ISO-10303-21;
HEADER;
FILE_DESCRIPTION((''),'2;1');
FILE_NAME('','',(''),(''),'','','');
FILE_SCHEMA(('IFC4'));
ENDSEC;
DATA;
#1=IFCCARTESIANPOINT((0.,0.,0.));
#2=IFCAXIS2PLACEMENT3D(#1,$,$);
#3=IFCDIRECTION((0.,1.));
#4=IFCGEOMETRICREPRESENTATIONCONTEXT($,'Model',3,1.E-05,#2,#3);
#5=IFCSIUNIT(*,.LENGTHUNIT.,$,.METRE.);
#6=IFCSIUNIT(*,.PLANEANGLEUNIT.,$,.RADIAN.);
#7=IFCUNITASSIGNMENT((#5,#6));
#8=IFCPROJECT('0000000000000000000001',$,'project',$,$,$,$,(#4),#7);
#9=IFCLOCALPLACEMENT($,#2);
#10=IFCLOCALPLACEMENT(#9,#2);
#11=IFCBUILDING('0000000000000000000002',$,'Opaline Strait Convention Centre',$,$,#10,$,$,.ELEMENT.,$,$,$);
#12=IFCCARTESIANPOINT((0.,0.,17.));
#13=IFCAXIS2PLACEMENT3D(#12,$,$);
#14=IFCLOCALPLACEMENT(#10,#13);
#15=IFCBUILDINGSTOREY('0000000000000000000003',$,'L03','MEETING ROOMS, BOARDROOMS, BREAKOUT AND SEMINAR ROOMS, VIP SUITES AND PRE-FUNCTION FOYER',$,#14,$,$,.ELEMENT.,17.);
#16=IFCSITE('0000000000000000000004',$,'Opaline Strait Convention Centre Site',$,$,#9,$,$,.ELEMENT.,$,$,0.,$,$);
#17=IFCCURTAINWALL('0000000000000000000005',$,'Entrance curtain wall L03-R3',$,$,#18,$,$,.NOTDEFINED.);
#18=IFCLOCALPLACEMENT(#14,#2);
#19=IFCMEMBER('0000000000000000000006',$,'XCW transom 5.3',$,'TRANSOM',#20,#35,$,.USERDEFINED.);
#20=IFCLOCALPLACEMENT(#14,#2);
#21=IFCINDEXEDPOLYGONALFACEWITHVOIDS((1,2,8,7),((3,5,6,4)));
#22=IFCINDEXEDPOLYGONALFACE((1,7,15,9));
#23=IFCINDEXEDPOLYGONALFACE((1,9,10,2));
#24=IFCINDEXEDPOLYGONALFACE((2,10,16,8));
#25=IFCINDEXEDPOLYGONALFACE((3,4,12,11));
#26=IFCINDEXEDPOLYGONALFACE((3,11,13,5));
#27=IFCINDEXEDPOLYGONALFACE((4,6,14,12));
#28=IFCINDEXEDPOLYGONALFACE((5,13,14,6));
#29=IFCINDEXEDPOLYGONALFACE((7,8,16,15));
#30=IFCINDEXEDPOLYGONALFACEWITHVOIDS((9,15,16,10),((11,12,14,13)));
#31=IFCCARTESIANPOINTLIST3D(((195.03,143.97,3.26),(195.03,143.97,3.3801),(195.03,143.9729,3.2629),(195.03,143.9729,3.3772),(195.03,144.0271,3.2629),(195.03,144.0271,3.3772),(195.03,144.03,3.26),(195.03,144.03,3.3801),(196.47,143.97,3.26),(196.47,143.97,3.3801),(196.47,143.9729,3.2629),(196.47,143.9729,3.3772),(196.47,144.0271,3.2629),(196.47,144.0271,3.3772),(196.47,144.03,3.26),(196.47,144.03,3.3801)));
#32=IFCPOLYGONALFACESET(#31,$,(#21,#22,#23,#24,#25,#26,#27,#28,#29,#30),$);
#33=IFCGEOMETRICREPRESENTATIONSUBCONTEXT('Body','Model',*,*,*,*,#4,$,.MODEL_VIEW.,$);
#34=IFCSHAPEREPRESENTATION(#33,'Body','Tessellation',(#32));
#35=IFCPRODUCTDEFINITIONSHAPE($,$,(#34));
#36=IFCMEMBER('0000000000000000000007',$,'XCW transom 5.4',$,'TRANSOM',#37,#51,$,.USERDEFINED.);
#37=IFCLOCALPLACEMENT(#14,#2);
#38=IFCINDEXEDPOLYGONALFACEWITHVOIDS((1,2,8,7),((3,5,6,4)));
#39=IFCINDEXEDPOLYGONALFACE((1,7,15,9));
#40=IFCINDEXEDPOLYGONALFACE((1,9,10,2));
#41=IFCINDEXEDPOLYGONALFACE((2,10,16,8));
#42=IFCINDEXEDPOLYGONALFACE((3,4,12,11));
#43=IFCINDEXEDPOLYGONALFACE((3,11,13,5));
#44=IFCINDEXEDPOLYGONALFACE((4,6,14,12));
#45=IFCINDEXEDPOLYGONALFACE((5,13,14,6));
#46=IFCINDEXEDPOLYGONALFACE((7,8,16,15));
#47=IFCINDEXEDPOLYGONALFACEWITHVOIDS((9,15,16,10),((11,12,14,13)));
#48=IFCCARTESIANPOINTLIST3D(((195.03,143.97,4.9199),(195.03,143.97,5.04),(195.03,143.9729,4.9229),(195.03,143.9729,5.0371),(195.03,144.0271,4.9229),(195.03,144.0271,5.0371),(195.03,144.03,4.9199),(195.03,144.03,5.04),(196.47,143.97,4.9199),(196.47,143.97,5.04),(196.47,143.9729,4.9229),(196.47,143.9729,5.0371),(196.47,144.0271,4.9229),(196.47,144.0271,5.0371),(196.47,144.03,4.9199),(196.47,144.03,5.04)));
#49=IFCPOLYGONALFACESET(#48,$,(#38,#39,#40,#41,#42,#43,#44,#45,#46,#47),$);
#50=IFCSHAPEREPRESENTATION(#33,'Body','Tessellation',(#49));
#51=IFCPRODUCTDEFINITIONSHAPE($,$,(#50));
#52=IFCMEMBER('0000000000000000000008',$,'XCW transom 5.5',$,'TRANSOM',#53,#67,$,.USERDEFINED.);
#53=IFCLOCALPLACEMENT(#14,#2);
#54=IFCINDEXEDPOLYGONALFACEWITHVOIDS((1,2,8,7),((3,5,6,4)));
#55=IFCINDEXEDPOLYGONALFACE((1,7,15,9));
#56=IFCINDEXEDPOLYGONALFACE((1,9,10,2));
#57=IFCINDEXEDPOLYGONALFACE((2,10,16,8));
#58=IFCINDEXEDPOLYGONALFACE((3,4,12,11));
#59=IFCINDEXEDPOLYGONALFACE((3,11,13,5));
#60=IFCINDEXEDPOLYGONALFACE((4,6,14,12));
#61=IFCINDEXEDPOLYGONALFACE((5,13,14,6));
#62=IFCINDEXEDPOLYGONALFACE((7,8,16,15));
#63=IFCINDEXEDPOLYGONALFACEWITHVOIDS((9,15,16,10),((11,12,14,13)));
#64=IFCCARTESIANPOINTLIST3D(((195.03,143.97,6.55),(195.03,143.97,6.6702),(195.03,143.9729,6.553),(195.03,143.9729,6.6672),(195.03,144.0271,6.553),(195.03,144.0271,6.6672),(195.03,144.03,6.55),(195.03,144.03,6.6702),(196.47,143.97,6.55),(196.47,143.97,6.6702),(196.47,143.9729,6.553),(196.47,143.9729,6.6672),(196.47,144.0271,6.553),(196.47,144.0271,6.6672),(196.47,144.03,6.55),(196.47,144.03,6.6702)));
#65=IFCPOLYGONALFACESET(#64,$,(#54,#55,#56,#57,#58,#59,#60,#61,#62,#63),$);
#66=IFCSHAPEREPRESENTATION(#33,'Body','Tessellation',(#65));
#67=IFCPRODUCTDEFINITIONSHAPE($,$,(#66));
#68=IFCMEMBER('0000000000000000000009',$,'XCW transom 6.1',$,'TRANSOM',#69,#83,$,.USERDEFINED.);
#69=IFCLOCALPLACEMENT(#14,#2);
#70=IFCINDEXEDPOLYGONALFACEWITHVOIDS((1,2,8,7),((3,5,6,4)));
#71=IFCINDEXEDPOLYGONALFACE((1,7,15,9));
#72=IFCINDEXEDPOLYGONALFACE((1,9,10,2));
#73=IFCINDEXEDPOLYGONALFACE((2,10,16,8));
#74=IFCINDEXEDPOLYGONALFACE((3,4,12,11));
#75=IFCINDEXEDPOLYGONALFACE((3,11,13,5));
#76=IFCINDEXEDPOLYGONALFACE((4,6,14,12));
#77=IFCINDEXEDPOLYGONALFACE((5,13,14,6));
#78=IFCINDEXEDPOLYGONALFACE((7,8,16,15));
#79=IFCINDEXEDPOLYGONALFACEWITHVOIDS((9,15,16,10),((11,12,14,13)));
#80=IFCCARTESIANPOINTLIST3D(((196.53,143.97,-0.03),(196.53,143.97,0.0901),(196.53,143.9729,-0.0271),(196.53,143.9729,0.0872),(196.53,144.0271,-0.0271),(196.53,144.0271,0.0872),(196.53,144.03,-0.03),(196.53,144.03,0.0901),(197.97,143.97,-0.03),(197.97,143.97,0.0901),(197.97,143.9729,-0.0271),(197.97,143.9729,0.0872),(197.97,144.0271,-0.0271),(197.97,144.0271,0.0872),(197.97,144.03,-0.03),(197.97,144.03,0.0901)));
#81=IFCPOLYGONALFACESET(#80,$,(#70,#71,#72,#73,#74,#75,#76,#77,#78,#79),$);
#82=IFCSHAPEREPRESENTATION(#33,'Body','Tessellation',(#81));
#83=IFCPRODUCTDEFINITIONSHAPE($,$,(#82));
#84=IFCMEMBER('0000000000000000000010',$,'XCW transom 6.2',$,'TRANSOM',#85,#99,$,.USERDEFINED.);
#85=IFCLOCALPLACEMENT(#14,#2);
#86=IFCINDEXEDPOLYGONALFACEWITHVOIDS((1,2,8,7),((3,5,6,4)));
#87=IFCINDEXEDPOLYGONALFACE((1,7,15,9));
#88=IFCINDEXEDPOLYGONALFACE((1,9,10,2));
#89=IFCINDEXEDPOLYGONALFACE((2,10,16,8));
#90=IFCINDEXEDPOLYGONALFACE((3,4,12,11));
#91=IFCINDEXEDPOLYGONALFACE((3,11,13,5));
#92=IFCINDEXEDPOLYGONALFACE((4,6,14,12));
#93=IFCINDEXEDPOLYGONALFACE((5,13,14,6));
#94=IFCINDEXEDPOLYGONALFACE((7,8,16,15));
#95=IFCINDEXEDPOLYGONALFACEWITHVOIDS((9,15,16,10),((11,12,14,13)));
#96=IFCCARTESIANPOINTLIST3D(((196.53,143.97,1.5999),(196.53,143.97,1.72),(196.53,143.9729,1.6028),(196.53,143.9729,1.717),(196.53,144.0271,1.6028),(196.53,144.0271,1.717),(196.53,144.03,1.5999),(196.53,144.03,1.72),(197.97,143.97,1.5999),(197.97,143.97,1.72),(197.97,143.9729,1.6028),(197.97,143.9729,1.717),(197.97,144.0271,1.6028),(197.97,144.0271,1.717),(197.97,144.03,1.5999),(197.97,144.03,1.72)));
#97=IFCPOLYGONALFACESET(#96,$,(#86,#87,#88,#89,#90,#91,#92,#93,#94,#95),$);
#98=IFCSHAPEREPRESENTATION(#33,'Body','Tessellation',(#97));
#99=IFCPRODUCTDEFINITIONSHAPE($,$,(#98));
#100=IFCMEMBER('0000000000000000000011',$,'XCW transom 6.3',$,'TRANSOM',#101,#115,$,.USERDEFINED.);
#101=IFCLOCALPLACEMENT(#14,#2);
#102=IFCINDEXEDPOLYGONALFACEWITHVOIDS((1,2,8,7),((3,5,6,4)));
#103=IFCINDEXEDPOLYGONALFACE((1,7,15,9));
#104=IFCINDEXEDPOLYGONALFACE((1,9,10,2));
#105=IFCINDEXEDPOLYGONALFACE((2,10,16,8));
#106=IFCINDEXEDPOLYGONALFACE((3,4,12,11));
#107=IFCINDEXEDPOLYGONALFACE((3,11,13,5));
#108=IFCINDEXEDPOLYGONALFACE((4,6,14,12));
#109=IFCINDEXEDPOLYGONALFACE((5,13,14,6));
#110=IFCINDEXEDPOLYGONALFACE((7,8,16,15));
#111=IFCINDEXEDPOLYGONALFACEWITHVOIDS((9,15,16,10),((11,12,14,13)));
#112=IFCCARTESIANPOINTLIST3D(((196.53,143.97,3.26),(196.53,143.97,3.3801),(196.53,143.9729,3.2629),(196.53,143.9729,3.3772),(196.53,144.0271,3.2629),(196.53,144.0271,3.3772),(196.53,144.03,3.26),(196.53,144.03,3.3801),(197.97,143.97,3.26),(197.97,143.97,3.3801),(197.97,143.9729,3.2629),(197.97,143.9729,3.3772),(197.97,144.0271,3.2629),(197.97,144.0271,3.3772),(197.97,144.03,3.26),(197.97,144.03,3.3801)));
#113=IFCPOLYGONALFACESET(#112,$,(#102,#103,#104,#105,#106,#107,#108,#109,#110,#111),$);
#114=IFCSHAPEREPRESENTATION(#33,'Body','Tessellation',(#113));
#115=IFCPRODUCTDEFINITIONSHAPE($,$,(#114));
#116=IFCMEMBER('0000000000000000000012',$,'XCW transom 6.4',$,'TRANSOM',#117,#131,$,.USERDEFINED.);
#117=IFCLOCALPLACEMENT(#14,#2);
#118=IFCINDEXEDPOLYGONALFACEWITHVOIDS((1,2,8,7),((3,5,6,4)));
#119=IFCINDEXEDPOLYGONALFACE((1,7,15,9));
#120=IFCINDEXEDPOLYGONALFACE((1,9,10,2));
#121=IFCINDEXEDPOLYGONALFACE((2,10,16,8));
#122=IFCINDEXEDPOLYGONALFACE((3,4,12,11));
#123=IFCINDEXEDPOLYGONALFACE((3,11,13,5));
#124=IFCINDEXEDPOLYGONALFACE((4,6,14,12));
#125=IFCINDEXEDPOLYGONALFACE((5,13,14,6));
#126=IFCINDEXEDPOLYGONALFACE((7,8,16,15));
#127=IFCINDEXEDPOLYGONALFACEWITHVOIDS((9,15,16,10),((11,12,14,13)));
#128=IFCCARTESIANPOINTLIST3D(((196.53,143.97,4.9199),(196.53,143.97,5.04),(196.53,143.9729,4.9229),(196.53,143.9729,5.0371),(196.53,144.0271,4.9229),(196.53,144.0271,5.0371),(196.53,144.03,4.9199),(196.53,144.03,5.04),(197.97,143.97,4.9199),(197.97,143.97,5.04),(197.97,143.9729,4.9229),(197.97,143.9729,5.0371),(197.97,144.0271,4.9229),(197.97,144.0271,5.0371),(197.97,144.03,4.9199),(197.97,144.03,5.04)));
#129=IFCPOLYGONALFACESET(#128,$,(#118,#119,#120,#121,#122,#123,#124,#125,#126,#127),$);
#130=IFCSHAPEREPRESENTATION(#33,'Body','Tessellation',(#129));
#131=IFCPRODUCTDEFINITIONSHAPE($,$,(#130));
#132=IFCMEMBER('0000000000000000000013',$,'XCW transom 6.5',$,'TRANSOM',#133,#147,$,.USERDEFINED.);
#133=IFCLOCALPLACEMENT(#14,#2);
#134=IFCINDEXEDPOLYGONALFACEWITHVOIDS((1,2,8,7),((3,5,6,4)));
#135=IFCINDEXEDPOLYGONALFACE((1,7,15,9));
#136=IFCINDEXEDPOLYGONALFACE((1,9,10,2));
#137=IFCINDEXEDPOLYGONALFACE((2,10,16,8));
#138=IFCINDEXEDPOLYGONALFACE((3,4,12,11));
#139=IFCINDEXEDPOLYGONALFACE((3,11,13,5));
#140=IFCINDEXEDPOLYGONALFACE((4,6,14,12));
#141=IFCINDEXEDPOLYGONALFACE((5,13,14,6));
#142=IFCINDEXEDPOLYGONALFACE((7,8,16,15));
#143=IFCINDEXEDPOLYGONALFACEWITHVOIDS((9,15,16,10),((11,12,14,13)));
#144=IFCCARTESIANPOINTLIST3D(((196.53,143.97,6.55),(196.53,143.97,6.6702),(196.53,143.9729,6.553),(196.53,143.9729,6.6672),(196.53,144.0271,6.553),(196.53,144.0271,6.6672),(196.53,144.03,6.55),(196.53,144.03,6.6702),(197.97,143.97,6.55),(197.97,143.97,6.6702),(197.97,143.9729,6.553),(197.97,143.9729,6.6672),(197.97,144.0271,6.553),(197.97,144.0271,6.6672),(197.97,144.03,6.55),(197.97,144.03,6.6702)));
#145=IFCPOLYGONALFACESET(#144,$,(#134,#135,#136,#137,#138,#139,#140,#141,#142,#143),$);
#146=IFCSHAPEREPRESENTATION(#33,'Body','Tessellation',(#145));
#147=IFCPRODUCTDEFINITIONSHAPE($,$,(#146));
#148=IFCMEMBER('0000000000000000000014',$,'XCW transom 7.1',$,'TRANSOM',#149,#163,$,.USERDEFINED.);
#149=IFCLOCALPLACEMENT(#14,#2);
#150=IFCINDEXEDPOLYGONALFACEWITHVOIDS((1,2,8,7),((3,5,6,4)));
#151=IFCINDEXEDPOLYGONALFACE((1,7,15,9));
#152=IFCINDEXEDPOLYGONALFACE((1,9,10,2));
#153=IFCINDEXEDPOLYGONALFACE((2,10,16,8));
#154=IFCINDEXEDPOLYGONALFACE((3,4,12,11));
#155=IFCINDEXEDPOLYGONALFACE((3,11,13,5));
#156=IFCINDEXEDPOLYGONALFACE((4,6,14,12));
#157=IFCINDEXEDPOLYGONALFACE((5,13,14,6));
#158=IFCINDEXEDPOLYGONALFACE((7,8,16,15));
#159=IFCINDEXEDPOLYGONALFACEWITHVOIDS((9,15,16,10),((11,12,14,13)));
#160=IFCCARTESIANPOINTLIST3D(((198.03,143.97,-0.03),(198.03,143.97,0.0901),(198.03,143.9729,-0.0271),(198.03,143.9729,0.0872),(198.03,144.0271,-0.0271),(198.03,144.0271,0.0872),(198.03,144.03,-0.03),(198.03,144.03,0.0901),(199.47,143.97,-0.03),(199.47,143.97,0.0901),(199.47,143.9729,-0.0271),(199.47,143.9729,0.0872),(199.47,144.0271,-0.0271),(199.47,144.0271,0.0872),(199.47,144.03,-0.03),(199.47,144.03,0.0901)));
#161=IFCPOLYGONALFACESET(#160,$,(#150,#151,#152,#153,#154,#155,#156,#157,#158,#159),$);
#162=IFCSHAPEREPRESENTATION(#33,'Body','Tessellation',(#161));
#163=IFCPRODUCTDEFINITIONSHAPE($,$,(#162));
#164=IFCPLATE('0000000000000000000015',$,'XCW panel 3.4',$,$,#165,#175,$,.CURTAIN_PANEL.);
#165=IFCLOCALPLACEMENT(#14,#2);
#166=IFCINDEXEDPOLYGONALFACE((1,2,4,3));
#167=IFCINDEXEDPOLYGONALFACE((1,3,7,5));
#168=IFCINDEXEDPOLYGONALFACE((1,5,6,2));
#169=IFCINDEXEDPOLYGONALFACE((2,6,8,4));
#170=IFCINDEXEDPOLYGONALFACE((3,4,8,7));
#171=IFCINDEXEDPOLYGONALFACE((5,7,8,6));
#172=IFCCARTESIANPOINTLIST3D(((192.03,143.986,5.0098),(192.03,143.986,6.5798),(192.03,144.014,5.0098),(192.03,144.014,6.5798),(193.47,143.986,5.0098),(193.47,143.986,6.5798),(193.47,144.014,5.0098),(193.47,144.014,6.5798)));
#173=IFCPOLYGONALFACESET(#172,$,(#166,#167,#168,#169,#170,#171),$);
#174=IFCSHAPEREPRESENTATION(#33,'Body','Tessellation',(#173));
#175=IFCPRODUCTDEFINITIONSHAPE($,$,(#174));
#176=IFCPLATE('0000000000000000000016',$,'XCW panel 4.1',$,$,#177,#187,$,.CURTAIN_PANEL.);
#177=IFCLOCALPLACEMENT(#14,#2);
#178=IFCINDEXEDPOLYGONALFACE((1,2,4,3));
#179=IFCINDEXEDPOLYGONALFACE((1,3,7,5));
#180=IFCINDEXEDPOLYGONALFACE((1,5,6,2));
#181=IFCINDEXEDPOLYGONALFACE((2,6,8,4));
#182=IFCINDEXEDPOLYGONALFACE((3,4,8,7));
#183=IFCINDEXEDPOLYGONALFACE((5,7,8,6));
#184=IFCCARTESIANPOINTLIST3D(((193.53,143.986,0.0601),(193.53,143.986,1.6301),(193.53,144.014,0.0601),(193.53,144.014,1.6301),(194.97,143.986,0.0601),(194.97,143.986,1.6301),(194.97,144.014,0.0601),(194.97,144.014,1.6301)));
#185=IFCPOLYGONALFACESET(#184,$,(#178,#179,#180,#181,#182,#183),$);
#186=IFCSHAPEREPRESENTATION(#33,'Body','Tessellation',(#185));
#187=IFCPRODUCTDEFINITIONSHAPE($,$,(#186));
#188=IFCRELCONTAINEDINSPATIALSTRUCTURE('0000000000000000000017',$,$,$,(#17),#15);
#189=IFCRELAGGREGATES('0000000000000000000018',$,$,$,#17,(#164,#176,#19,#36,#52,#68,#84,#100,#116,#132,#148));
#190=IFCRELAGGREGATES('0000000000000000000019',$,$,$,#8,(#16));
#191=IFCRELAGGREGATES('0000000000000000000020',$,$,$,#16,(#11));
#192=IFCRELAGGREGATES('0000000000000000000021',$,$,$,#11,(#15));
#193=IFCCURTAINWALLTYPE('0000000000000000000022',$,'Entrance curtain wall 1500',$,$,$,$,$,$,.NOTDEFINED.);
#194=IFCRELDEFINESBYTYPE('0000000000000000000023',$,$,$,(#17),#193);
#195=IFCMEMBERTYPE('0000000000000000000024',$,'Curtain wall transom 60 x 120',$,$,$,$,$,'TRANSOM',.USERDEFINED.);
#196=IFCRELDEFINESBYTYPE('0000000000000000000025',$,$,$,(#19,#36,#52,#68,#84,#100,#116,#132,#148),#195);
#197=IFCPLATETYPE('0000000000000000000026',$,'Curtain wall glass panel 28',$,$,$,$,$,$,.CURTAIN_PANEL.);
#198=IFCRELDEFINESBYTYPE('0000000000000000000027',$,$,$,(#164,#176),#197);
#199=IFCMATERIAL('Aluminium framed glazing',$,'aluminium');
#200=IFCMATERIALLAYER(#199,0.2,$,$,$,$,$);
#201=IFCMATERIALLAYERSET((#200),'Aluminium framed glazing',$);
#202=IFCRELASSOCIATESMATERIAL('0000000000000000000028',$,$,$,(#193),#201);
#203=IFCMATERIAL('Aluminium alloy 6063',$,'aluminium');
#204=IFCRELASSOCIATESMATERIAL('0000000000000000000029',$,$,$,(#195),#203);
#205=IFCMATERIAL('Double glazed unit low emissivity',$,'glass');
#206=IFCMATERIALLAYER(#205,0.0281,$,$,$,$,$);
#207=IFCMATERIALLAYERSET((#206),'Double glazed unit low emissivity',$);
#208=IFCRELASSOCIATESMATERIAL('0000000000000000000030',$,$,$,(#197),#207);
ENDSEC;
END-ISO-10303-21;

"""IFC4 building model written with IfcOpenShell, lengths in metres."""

from ifc_helpers import new_model, si_unit, direction, frame, origin, origin_2d, place, context, subcontext, project, spatial, rectangle, hollow_rectangle, extrude, material, layer, layer_set, material_profile, profile_set, type_object, element, aggregate, save


model = new_model("IFC4")

# Units and contexts
model_context = context("Model", 3, precision=1e-05, world=origin(), true_north=direction((0.0, 1.0)))
body_context = subcontext(model_context, "Body", "Model", "MODEL_VIEW")
ifc_project = project(units=[si_unit("LENGTHUNIT", "METRE"), si_unit("PLANEANGLEUNIT", "RADIAN")], contexts=[model_context])

# Site, building, storey
site_placement = place(None, origin())
site = spatial("IfcSite", under=ifc_project, at=site_placement, Name="Opaline Strait Convention Centre Site", CompositionType="ELEMENT", RefElevation=0.0)
building_placement = place(site_placement, origin())
building = spatial("IfcBuilding", under=site, at=building_placement, Name="Opaline Strait Convention Centre", CompositionType="ELEMENT")
storey_placement = place(building_placement, frame((0.0, 0.0, 17.0)))
storey = spatial("IfcBuildingStorey", under=building, at=storey_placement, Name="L03", Description="MEETING ROOMS, BOARDROOMS, BREAKOUT AND SEMINAR ROOMS, VIP SUITES AND PRE-FUNCTION FOYER", CompositionType="ELEMENT", Elevation=17.0)

# Curtain wall, members, plates
ifc_material_1 = material(Name="Aluminium framed glazing", Category="aluminium")
ifc_layer_1 = layer(ifc_material_1, 0.2)
ifc_layer_set_1 = layer_set([ifc_layer_1], Name="Aluminium framed glazing")
curtain_wall_type = type_object("IfcCurtainWallType", Name="Entrance curtain wall 1500", PredefinedType="NOTDEFINED", material=ifc_layer_set_1)
curtain_wall_placement = place(storey_placement, origin())
curtain_wall = element("IfcCurtainWall", 1, at=curtain_wall_placement, inside=storey, type_object=curtain_wall_type, Name="Entrance curtain wall L03-R3", PredefinedType="NOTDEFINED")
ifc_material_2 = material(Name="Aluminium alloy 6063", Category="aluminium")
ifc_material_profile_1 = material_profile(ifc_material_2, hollow_rectangle(XDim=0.0601, YDim=0.1201, WallThickness=0.0029, at=origin_2d()), Name="TRANSOM 60x120x3")
ifc_profile_set_1 = profile_set([ifc_material_profile_1], Name="Aluminium alloy 6063")
member_type_1 = type_object("IfcMemberType", Name="Curtain wall transom 60 x 120", ElementType="TRANSOM", PredefinedType="USERDEFINED", material=ifc_profile_set_1)
member_1_placement = place(storey_placement, frame((195.03, 144.0, 3.3201), z_axis=(1.0, 0.0, 0.0), x_axis=(0.0, 1.0, 0.0)))
member_1 = element("IfcMember", 2, at=member_1_placement, type_object=member_type_1, Name="XCW transom 5.3", ObjectType="TRANSOM", PredefinedType="USERDEFINED", context=body_context, shape_type="SweptSolid", body=[
    extrude(hollow_rectangle(XDim=0.0601, YDim=0.1201, WallThickness=0.0029, at=origin_2d()), origin(), (0.0, 0.0, 1.0), 1.4399),
])
member_2_placement = place(storey_placement, frame((195.03, 144.0, 4.98), z_axis=(1.0, 0.0, 0.0), x_axis=(0.0, 1.0, 0.0)))
member_2 = element("IfcMember", 3, at=member_2_placement, type_object=member_type_1, Name="XCW transom 5.4", ObjectType="TRANSOM", PredefinedType="USERDEFINED", context=body_context, shape_type="SweptSolid", body=[
    extrude(hollow_rectangle(XDim=0.0601, YDim=0.1201, WallThickness=0.0029, at=origin_2d()), origin(), (0.0, 0.0, 1.0), 1.4399),
])
member_3_placement = place(storey_placement, frame((195.03, 144.0, 6.6101), z_axis=(1.0, 0.0, 0.0), x_axis=(0.0, 1.0, 0.0)))
member_3 = element("IfcMember", 4, at=member_3_placement, type_object=member_type_1, Name="XCW transom 5.5", ObjectType="TRANSOM", PredefinedType="USERDEFINED", context=body_context, shape_type="SweptSolid", body=[
    extrude(hollow_rectangle(XDim=0.0601, YDim=0.1201, WallThickness=0.0029, at=origin_2d()), origin(), (0.0, 0.0, 1.0), 1.4399),
])
member_4_placement = place(storey_placement, frame((196.53, 144.0, 0.03), z_axis=(1.0, 0.0, 0.0), x_axis=(0.0, 1.0, 0.0)))
member_4 = element("IfcMember", 5, at=member_4_placement, type_object=member_type_1, Name="XCW transom 6.1", ObjectType="TRANSOM", PredefinedType="USERDEFINED", context=body_context, shape_type="SweptSolid", body=[
    extrude(hollow_rectangle(XDim=0.0601, YDim=0.1201, WallThickness=0.0029, at=origin_2d()), origin(), (0.0, 0.0, 1.0), 1.4399),
])
member_5_placement = place(storey_placement, frame((196.53, 144.0, 1.6599), z_axis=(1.0, 0.0, 0.0), x_axis=(0.0, 1.0, 0.0)))
member_5 = element("IfcMember", 6, at=member_5_placement, type_object=member_type_1, Name="XCW transom 6.2", ObjectType="TRANSOM", PredefinedType="USERDEFINED", context=body_context, shape_type="SweptSolid", body=[
    extrude(hollow_rectangle(XDim=0.0601, YDim=0.1201, WallThickness=0.0029, at=origin_2d()), origin(), (0.0, 0.0, 1.0), 1.4399),
])
member_6_placement = place(storey_placement, frame((196.53, 144.0, 3.3201), z_axis=(1.0, 0.0, 0.0), x_axis=(0.0, 1.0, 0.0)))
member_6 = element("IfcMember", 7, at=member_6_placement, type_object=member_type_1, Name="XCW transom 6.3", ObjectType="TRANSOM", PredefinedType="USERDEFINED", context=body_context, shape_type="SweptSolid", body=[
    extrude(hollow_rectangle(XDim=0.0601, YDim=0.1201, WallThickness=0.0029, at=origin_2d()), origin(), (0.0, 0.0, 1.0), 1.4399),
])
member_7_placement = place(storey_placement, frame((196.53, 144.0, 4.98), z_axis=(1.0, 0.0, 0.0), x_axis=(0.0, 1.0, 0.0)))
member_7 = element("IfcMember", 8, at=member_7_placement, type_object=member_type_1, Name="XCW transom 6.4", ObjectType="TRANSOM", PredefinedType="USERDEFINED", context=body_context, shape_type="SweptSolid", body=[
    extrude(hollow_rectangle(XDim=0.0601, YDim=0.1201, WallThickness=0.0029, at=origin_2d()), origin(), (0.0, 0.0, 1.0), 1.4399),
])
member_8_placement = place(storey_placement, frame((196.53, 144.0, 6.6101), z_axis=(1.0, 0.0, 0.0), x_axis=(0.0, 1.0, 0.0)))
member_8 = element("IfcMember", 9, at=member_8_placement, type_object=member_type_1, Name="XCW transom 6.5", ObjectType="TRANSOM", PredefinedType="USERDEFINED", context=body_context, shape_type="SweptSolid", body=[
    extrude(hollow_rectangle(XDim=0.0601, YDim=0.1201, WallThickness=0.0029, at=origin_2d()), origin(), (0.0, 0.0, 1.0), 1.4399),
])
member_9_placement = place(storey_placement, frame((198.03, 144.0, 0.03), z_axis=(1.0, 0.0, 0.0), x_axis=(0.0, 1.0, 0.0)))
member_9 = element("IfcMember", 10, at=member_9_placement, type_object=member_type_1, Name="XCW transom 7.1", ObjectType="TRANSOM", PredefinedType="USERDEFINED", context=body_context, shape_type="SweptSolid", body=[
    extrude(hollow_rectangle(XDim=0.0601, YDim=0.1201, WallThickness=0.0029, at=origin_2d()), origin(), (0.0, 0.0, 1.0), 1.4399),
])
ifc_material_3 = material(Name="Double glazed unit low emissivity", Category="glass")
ifc_layer_2 = layer(ifc_material_3, 0.0281)
ifc_layer_set_2 = layer_set([ifc_layer_2], Name="Double glazed unit low emissivity")
plate_type = type_object("IfcPlateType", Name="Curtain wall glass panel 28", PredefinedType="CURTAIN_PANEL", material=ifc_layer_set_2)
plate_1_placement = place(storey_placement, frame((192.75, 144.0, 5.0098), z_axis=(0.0, 0.0, 1.0), x_axis=(1.0, 0.0, 0.0)))
plate_1 = element("IfcPlate", 11, at=plate_1_placement, type_object=plate_type, Name="XCW panel 3.4", PredefinedType="CURTAIN_PANEL", context=body_context, shape_type="SweptSolid", body=[
    extrude(rectangle(XDim=1.4399, YDim=0.0281, at=origin_2d()), origin(), (0.0, 0.0, 1.0), 1.5701),
])
plate_2_placement = place(storey_placement, frame((194.25, 144.0, 0.0601), z_axis=(0.0, 0.0, 1.0), x_axis=(1.0, 0.0, 0.0)))
plate_2 = element("IfcPlate", 12, at=plate_2_placement, type_object=plate_type, Name="XCW panel 4.1", PredefinedType="CURTAIN_PANEL", context=body_context, shape_type="SweptSolid", body=[
    extrude(rectangle(XDim=1.4399, YDim=0.0281, at=origin_2d()), origin(), (0.0, 0.0, 1.0), 1.5701),
])
aggregate(curtain_wall, [plate_1, plate_2, member_1, member_2, member_3, member_4, member_5, member_6, member_7, member_8, member_9])

save(model, "model.ifc")
